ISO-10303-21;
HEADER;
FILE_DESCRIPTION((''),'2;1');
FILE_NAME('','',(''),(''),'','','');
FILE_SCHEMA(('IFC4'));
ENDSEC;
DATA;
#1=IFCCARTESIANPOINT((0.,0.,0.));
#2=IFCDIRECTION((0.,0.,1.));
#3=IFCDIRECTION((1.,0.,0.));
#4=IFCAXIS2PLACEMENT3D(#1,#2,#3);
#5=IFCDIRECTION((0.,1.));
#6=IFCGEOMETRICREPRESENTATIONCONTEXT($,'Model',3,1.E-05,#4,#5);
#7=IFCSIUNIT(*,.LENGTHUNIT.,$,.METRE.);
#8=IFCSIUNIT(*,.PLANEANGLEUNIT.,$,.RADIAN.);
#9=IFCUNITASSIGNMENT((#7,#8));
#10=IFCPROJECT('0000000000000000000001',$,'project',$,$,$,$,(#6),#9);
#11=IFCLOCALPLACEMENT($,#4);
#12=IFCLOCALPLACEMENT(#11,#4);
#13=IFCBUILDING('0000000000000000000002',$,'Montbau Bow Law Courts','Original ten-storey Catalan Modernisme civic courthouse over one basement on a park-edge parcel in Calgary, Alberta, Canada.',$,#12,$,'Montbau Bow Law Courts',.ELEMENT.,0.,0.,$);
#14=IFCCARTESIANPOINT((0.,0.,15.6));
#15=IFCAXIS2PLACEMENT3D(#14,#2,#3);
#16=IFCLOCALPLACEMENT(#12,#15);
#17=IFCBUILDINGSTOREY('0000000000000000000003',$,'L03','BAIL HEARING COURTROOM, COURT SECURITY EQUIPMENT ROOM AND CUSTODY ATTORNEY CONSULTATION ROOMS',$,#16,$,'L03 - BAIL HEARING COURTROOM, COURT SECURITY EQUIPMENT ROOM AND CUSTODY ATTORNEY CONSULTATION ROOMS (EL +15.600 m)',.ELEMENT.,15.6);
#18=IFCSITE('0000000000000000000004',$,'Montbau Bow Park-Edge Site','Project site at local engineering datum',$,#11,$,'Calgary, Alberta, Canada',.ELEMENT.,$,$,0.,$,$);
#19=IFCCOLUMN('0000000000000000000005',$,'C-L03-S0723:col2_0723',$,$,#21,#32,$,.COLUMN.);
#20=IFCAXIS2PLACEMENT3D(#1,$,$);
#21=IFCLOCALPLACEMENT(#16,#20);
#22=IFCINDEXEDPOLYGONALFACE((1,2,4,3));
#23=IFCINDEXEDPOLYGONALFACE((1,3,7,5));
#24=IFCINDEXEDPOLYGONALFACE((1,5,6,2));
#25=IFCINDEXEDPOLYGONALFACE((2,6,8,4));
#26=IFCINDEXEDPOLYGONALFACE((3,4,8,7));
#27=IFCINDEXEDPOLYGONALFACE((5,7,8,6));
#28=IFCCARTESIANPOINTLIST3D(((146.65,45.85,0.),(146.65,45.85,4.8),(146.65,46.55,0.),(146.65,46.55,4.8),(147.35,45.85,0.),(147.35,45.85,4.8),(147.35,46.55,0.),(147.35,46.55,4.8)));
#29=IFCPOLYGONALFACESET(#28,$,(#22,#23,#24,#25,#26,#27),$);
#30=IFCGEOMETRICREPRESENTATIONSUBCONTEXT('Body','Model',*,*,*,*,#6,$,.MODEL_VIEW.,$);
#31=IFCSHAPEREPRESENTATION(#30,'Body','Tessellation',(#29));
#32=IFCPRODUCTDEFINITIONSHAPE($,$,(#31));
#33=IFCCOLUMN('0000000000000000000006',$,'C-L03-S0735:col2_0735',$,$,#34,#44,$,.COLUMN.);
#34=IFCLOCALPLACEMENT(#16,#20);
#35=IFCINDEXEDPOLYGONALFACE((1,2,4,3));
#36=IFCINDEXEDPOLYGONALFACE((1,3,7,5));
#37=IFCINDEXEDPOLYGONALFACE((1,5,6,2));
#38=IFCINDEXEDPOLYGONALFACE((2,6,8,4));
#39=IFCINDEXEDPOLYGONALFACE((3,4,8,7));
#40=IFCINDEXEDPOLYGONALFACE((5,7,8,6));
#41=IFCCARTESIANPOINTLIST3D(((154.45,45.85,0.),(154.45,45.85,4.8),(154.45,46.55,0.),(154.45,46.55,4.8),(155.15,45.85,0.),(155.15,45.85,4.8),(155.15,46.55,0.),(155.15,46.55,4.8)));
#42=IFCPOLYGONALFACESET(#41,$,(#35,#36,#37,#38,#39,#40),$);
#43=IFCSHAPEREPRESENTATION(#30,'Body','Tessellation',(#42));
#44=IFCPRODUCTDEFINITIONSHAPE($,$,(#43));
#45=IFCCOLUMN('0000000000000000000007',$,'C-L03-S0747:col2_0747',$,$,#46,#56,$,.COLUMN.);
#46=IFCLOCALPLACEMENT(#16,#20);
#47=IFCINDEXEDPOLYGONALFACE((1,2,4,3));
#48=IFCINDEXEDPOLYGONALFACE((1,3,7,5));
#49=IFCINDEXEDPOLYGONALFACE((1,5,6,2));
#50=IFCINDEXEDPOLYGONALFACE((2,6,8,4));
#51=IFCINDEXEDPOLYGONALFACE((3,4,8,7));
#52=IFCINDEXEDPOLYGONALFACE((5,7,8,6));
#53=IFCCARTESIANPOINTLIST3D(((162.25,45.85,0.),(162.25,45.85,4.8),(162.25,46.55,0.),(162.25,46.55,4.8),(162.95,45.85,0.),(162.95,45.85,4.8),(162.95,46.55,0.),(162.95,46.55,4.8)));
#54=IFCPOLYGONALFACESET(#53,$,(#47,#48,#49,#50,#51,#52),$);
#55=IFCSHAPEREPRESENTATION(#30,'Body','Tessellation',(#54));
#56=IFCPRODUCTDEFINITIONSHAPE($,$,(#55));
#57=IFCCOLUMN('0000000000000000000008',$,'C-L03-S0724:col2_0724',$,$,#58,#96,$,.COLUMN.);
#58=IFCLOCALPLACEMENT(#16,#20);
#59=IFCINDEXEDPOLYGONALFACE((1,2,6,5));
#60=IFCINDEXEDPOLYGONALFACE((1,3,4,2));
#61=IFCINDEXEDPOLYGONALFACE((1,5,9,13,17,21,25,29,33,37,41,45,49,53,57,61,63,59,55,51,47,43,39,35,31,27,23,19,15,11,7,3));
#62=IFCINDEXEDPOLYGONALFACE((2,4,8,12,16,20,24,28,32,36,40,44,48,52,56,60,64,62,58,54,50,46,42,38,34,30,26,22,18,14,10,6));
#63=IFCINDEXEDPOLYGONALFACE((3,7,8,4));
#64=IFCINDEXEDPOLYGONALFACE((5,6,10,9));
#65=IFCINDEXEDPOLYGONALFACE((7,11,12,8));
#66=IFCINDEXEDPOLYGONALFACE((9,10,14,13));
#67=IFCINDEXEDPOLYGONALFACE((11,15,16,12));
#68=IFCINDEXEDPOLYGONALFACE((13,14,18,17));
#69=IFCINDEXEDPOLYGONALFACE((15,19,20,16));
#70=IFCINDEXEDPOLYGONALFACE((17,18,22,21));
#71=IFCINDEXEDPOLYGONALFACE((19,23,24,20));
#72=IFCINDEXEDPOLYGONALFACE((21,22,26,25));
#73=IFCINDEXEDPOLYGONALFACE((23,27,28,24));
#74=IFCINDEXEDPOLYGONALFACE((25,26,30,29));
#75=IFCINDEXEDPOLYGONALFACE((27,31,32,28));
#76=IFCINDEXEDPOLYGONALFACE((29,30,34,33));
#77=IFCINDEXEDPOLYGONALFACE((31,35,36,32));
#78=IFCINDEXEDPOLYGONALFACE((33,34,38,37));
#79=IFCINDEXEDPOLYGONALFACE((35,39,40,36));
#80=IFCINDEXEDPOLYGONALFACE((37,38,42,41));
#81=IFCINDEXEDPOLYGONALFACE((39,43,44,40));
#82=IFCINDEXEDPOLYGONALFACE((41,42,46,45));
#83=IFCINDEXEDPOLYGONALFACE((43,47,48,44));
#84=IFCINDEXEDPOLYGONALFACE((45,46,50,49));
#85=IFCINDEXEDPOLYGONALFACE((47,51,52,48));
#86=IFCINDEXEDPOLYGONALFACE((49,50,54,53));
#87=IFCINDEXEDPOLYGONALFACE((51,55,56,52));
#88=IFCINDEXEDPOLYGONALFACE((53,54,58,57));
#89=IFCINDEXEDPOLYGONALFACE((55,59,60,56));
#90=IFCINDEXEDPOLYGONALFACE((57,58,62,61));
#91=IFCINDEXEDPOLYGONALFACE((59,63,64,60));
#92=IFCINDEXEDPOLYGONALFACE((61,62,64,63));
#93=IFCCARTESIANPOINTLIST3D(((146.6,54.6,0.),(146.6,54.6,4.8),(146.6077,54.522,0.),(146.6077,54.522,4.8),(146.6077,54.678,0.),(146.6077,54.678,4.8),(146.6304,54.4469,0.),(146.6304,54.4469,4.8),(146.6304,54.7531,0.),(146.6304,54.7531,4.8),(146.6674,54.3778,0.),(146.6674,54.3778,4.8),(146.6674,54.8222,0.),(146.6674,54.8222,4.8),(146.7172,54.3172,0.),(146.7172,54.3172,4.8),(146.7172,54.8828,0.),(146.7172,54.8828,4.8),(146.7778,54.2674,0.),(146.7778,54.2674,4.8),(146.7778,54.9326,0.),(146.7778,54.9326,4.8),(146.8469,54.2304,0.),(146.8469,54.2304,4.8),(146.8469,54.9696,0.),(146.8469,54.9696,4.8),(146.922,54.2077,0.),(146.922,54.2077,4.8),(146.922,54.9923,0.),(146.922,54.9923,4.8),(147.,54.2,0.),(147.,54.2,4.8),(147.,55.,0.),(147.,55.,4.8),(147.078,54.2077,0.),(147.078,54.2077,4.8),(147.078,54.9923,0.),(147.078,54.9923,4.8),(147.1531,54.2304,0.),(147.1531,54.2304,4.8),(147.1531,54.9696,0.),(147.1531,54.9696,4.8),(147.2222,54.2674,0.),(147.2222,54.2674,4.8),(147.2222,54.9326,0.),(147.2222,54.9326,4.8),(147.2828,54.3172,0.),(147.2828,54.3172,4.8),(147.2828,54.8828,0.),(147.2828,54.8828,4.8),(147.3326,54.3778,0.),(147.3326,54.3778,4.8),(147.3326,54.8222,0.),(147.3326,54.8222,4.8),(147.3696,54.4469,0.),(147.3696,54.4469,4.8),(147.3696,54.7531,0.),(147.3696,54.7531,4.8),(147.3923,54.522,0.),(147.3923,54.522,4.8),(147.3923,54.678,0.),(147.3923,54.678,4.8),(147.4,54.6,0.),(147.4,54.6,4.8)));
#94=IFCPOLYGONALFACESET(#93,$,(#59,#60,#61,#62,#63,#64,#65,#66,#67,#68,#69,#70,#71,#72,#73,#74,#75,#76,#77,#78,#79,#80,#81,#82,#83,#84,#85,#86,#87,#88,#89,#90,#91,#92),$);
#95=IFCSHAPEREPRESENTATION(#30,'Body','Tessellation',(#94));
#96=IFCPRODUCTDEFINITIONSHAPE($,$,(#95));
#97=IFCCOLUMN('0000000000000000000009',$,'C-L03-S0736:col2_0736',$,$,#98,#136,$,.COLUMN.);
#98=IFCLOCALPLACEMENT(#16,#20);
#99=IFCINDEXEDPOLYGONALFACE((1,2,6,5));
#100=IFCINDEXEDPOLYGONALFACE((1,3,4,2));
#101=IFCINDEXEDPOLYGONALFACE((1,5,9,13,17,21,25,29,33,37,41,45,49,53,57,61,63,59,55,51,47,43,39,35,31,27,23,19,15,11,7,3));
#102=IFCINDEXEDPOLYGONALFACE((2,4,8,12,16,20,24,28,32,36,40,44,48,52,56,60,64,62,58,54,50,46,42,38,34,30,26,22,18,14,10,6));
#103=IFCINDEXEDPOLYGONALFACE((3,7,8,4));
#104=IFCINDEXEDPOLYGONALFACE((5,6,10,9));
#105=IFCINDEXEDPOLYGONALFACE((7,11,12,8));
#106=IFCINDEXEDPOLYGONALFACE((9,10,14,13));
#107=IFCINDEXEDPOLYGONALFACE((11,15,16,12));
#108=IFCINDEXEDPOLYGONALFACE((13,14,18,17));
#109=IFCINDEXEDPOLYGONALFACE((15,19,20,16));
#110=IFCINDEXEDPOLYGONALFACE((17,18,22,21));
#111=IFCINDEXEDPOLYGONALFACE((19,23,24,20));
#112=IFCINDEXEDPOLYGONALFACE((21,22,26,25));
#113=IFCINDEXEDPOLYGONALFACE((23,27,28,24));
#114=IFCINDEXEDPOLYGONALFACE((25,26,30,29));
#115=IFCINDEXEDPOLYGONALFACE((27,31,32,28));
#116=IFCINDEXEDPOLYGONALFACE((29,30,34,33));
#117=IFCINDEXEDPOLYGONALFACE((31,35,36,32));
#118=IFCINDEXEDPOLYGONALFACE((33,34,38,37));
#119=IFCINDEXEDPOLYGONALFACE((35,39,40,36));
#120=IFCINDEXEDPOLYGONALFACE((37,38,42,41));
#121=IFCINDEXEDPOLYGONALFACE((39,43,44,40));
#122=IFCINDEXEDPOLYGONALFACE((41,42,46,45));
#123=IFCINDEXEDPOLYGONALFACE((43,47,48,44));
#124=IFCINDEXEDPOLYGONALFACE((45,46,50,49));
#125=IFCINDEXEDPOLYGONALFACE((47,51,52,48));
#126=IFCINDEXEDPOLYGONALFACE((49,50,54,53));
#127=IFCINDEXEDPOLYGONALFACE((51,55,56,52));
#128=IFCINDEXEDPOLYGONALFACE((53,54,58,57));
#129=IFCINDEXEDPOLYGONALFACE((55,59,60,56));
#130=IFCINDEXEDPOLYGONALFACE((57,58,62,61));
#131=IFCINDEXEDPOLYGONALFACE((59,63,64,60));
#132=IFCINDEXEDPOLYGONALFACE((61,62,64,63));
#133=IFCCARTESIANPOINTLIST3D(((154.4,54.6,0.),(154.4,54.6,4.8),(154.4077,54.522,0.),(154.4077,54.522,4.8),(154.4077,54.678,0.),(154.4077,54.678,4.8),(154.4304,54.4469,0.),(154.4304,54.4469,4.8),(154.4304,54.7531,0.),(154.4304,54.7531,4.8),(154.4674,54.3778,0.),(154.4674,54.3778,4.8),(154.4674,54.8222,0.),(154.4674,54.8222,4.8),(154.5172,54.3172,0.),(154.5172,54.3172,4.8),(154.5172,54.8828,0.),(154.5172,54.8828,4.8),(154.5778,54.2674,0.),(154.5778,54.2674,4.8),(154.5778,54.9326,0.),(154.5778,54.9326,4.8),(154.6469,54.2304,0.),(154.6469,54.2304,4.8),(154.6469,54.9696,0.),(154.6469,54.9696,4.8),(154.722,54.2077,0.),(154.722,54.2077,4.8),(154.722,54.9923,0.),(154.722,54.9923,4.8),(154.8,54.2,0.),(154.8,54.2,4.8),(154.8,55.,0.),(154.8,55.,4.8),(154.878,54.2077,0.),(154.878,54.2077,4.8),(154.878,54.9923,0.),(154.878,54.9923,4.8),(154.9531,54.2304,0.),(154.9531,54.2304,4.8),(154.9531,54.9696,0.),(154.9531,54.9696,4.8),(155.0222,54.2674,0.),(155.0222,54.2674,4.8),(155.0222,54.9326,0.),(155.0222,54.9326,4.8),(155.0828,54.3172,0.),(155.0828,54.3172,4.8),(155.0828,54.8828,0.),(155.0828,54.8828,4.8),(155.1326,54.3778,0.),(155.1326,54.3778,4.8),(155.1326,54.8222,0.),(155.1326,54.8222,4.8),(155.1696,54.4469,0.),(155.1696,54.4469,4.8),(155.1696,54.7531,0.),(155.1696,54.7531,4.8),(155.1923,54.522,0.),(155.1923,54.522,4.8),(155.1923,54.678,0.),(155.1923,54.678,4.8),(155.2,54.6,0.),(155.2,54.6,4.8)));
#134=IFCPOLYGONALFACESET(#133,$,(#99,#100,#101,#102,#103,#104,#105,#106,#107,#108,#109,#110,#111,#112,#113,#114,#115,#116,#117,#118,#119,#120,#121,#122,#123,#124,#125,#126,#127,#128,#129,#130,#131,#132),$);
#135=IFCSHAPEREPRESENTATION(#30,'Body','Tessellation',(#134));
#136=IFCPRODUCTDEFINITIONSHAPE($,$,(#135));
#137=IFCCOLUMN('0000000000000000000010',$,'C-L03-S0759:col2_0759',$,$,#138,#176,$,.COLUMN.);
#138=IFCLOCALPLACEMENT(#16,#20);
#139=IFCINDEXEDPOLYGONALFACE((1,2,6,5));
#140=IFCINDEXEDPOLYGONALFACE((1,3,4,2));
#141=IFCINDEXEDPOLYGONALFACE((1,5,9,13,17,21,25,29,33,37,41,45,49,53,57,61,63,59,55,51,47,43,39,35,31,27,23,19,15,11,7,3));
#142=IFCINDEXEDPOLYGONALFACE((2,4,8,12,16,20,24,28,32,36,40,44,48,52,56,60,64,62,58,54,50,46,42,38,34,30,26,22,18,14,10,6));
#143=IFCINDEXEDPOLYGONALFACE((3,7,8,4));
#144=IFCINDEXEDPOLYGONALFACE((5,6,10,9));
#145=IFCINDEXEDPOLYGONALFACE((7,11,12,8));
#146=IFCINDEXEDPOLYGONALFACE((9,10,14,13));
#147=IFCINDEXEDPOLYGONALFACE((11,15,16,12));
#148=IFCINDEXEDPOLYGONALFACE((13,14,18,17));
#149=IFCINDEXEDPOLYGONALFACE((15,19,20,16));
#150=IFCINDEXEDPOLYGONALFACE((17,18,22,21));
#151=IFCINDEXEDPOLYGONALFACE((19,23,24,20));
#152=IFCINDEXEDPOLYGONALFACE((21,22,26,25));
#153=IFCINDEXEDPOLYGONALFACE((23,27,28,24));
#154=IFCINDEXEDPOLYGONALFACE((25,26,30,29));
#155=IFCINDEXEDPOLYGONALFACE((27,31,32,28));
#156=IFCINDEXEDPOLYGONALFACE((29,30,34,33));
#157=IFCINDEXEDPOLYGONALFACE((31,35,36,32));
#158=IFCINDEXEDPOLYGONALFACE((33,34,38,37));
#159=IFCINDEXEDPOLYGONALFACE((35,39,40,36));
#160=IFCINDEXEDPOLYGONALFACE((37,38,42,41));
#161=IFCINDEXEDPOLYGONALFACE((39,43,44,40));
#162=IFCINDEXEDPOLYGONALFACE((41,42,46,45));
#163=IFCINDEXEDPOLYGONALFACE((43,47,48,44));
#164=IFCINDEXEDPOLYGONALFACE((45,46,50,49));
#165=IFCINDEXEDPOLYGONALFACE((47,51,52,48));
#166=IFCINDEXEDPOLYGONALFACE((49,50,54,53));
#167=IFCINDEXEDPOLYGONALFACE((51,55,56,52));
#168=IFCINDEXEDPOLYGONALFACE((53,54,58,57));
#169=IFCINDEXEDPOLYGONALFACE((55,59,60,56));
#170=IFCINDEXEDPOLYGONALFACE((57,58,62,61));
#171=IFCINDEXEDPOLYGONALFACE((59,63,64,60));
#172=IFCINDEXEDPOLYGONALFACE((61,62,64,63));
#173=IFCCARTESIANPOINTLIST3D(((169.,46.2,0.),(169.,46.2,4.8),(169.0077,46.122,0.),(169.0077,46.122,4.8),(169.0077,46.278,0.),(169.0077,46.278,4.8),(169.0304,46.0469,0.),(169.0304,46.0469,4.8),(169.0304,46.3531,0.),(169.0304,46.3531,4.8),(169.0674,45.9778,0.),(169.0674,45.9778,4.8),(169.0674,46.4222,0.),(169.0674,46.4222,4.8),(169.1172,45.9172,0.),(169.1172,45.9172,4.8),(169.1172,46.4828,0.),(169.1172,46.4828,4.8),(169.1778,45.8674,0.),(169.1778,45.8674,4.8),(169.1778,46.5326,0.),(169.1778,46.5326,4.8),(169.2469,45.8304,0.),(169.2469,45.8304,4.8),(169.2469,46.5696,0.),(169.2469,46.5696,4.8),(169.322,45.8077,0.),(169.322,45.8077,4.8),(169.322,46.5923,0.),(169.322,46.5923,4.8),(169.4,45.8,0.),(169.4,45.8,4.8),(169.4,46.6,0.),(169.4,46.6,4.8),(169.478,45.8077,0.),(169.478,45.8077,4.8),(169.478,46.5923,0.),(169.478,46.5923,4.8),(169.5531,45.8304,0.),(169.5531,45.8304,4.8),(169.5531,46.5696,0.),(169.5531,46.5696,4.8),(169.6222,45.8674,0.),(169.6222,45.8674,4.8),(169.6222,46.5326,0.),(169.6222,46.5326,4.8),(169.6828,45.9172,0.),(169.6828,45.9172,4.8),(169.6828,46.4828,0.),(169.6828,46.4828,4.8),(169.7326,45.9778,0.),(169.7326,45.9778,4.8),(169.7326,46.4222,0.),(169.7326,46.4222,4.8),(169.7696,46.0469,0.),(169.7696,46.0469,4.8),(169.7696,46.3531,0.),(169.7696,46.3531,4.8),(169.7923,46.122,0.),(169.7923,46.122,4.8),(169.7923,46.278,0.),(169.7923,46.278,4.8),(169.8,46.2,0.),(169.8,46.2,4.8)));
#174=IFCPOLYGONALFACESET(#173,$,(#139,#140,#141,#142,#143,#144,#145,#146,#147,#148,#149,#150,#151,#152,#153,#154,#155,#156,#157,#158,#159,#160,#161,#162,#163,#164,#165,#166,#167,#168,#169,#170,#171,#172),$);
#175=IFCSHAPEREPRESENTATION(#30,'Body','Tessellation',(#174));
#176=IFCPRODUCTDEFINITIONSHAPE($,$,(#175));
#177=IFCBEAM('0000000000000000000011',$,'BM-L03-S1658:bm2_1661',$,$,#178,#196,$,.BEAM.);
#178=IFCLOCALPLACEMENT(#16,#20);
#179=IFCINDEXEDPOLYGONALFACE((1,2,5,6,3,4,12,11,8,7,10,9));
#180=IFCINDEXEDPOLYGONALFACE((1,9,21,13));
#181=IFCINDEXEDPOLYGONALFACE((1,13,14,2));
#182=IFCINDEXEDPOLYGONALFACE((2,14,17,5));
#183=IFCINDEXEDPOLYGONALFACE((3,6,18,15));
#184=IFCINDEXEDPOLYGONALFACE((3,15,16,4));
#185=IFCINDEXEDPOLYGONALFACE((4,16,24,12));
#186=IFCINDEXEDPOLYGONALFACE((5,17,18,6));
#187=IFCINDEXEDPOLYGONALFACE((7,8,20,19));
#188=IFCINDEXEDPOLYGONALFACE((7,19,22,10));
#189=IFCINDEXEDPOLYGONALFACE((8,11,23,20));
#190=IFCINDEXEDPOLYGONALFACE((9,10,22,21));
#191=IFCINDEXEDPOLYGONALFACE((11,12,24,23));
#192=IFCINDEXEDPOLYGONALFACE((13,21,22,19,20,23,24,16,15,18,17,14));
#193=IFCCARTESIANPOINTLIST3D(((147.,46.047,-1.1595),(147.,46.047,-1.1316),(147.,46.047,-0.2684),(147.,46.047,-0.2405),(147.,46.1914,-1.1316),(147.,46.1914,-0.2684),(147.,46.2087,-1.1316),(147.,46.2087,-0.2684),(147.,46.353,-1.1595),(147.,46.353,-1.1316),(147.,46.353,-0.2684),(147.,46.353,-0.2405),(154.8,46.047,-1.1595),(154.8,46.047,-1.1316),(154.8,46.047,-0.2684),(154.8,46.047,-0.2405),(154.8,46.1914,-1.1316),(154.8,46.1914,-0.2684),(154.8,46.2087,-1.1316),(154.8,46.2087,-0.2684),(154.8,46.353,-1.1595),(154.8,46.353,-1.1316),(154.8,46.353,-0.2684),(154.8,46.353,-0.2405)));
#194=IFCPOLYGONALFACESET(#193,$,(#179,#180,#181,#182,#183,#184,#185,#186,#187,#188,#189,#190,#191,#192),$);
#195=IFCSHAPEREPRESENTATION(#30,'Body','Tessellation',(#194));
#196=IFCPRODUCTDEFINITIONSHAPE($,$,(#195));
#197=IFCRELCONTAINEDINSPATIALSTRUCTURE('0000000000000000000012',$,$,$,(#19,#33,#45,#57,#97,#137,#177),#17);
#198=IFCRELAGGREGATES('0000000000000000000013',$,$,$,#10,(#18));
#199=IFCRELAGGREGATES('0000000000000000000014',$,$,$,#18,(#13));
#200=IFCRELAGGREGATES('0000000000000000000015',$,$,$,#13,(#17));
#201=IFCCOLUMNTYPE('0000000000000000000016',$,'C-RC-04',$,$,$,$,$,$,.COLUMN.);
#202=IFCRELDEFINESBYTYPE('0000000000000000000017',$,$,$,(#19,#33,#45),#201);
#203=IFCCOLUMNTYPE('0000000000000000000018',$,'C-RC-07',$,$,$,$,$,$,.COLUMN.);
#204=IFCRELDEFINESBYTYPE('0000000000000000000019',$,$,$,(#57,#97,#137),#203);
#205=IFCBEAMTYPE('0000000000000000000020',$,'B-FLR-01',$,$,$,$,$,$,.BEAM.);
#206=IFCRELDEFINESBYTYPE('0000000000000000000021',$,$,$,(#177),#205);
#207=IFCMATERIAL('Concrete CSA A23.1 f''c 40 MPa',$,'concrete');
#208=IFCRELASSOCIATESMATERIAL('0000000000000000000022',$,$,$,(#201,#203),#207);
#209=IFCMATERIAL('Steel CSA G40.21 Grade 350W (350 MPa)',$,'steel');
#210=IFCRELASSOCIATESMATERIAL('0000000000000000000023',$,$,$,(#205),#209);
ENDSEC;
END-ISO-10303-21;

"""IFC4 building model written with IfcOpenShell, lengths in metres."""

from ifc_helpers import new_model, si_unit, direction, frame, origin_with_axes, origin_2d_with_axis, place, context, subcontext, project, spatial, rectangle, circle, i_section, extrude, material, material_profile, profile_set, type_object, element, save


model = new_model("IFC4")

# Units and contexts
model_context = context("Model", 3, precision=1e-05, world=origin_with_axes(), true_north=direction((0.0, 1.0)))
body_context = subcontext(model_context, "Body", "Model", "MODEL_VIEW")
ifc_project = project(units=[si_unit("LENGTHUNIT", "METRE"), si_unit("PLANEANGLEUNIT", "RADIAN")], contexts=[model_context])

# Site, building, storey
site_placement = place(None, origin_with_axes())
site = spatial("IfcSite", under=ifc_project, at=site_placement, Name="Montbau Bow Park-Edge Site", Description="Project site at local engineering datum", LongName="Calgary, Alberta, Canada", CompositionType="ELEMENT", RefElevation=0.0)
building_placement = place(site_placement, origin_with_axes())
building = spatial("IfcBuilding", under=site, at=building_placement, Name="Montbau Bow Law Courts", Description="Original ten-storey Catalan Modernisme civic courthouse over one basement on a park-edge parcel in Calgary, Alberta, Canada.", LongName="Montbau Bow Law Courts", CompositionType="ELEMENT", ElevationOfRefHeight=0.0, ElevationOfTerrain=0.0)
storey_placement = place(building_placement, frame((0.0, 0.0, 15.6), z_axis=(0.0, 0.0, 1.0), x_axis=(1.0, 0.0, 0.0)))
storey = spatial("IfcBuildingStorey", under=building, at=storey_placement, Name="L03", Description="BAIL HEARING COURTROOM, COURT SECURITY EQUIPMENT ROOM AND CUSTODY ATTORNEY CONSULTATION ROOMS", LongName="L03 - BAIL HEARING COURTROOM, COURT SECURITY EQUIPMENT ROOM AND CUSTODY ATTORNEY CONSULTATION ROOMS (EL +15.600 m)", CompositionType="ELEMENT", Elevation=15.6)

# Columns
ifc_material_1 = material(Name="Concrete CSA A23.1 f'c 40 MPa", Category="concrete")
ifc_material_profile_1 = material_profile(ifc_material_1, rectangle(XDim=0.7, YDim=0.7, at=origin_2d_with_axis()), Name="RC700X700", Category="Main", Priority=0)
ifc_profile_set_1 = profile_set([ifc_material_profile_1], Name="Concrete CSA A23.1 f'c 40 MPa")
column_type_1 = type_object("IfcColumnType", Name="C-RC-04", PredefinedType="COLUMN", material=ifc_profile_set_1)
for number, where, z_axis, x_axis, name in (
    (1, (147.0, 46.2, 15.6), (0.0, 0.0, 1.0), (1.0, 0.0, 0.0), "C-L03-S0723:col2_0723"),
    (2, (154.8, 46.2, 15.6), (0.0, 0.0, 1.0), (1.0, 0.0, 0.0), "C-L03-S0735:col2_0735"),
    (3, (162.6, 46.2, 15.6), (0.0, 0.0, 1.0), (1.0, 0.0, 0.0), "C-L03-S0747:col2_0747"),
):
    element("IfcColumn", number, at=place(None, frame(where, z_axis=z_axis, x_axis=x_axis)), inside=storey, type_object=column_type_1, Name=name, PredefinedType="COLUMN", context=body_context, shape_type="SweptSolid", body=[
        extrude(rectangle(XDim=0.7, YDim=0.7, at=origin_2d_with_axis()), origin_with_axes(), (0.0, 0.0, 1.0), 4.8),
    ])
ifc_material_profile_2 = material_profile(ifc_material_1, circle(Radius=0.4, at=origin_2d_with_axis()), Name="RC800D", Category="Main", Priority=0)
ifc_profile_set_2 = profile_set([ifc_material_profile_2], Name="Concrete CSA A23.1 f'c 40 MPa")
column_type_2 = type_object("IfcColumnType", Name="C-RC-07", PredefinedType="COLUMN", material=ifc_profile_set_2)
for number, where, z_axis, x_axis, name in (
    (4, (147.0, 54.6, 15.6), (0.0, 0.0, 1.0), (1.0, 0.0, 0.0), "C-L03-S0724:col2_0724"),
    (5, (154.8, 54.6, 15.6), (0.0, 0.0, 1.0), (1.0, 0.0, 0.0), "C-L03-S0736:col2_0736"),
    (6, (169.4, 46.2, 15.6), (0.0, 0.0, 1.0), (1.0, 0.0, 0.0), "C-L03-S0759:col2_0759"),
):
    element("IfcColumn", number, at=place(None, frame(where, z_axis=z_axis, x_axis=x_axis)), inside=storey, type_object=column_type_2, Name=name, PredefinedType="COLUMN", context=body_context, shape_type="SweptSolid", body=[
        extrude(circle(Radius=0.4, at=origin_2d_with_axis()), origin_with_axes(), (0.0, 0.0, 1.0), 4.8),
    ])

# Beam
ifc_material_2 = material(Name="Steel CSA G40.21 Grade 350W (350 MPa)", Category="steel")
ifc_material_profile_3 = material_profile(ifc_material_2, i_section(OverallWidth=0.306, OverallDepth=0.919, WebThickness=0.0173, FlangeThickness=0.0279, at=origin_2d_with_axis()), Name="W920X253", Category="Main", Priority=0)
ifc_profile_set_3 = profile_set([ifc_material_profile_3], Name="Steel CSA G40.21 Grade 350W (350 MPa)")
beam_type_1 = type_object("IfcBeamType", Name="B-FLR-01", PredefinedType="BEAM", material=ifc_profile_set_3)
beam_1_placement = place(None, frame((147.0, 46.2, 14.9), z_axis=(1.0, 0.0, 0.0), x_axis=(0.0, 1.0, 0.0)))
element("IfcBeam", 7, at=beam_1_placement, inside=storey, type_object=beam_type_1, Name="BM-L03-S1658:bm2_1661", PredefinedType="BEAM", context=body_context, shape_type="SweptSolid", body=[
    extrude(i_section(OverallWidth=0.306, OverallDepth=0.919, WebThickness=0.0173, FlangeThickness=0.0279, at=origin_2d_with_axis()), origin_with_axes(), (0.0, 0.0, 1.0), 7.8),
])

save(model, "model.ifc")
